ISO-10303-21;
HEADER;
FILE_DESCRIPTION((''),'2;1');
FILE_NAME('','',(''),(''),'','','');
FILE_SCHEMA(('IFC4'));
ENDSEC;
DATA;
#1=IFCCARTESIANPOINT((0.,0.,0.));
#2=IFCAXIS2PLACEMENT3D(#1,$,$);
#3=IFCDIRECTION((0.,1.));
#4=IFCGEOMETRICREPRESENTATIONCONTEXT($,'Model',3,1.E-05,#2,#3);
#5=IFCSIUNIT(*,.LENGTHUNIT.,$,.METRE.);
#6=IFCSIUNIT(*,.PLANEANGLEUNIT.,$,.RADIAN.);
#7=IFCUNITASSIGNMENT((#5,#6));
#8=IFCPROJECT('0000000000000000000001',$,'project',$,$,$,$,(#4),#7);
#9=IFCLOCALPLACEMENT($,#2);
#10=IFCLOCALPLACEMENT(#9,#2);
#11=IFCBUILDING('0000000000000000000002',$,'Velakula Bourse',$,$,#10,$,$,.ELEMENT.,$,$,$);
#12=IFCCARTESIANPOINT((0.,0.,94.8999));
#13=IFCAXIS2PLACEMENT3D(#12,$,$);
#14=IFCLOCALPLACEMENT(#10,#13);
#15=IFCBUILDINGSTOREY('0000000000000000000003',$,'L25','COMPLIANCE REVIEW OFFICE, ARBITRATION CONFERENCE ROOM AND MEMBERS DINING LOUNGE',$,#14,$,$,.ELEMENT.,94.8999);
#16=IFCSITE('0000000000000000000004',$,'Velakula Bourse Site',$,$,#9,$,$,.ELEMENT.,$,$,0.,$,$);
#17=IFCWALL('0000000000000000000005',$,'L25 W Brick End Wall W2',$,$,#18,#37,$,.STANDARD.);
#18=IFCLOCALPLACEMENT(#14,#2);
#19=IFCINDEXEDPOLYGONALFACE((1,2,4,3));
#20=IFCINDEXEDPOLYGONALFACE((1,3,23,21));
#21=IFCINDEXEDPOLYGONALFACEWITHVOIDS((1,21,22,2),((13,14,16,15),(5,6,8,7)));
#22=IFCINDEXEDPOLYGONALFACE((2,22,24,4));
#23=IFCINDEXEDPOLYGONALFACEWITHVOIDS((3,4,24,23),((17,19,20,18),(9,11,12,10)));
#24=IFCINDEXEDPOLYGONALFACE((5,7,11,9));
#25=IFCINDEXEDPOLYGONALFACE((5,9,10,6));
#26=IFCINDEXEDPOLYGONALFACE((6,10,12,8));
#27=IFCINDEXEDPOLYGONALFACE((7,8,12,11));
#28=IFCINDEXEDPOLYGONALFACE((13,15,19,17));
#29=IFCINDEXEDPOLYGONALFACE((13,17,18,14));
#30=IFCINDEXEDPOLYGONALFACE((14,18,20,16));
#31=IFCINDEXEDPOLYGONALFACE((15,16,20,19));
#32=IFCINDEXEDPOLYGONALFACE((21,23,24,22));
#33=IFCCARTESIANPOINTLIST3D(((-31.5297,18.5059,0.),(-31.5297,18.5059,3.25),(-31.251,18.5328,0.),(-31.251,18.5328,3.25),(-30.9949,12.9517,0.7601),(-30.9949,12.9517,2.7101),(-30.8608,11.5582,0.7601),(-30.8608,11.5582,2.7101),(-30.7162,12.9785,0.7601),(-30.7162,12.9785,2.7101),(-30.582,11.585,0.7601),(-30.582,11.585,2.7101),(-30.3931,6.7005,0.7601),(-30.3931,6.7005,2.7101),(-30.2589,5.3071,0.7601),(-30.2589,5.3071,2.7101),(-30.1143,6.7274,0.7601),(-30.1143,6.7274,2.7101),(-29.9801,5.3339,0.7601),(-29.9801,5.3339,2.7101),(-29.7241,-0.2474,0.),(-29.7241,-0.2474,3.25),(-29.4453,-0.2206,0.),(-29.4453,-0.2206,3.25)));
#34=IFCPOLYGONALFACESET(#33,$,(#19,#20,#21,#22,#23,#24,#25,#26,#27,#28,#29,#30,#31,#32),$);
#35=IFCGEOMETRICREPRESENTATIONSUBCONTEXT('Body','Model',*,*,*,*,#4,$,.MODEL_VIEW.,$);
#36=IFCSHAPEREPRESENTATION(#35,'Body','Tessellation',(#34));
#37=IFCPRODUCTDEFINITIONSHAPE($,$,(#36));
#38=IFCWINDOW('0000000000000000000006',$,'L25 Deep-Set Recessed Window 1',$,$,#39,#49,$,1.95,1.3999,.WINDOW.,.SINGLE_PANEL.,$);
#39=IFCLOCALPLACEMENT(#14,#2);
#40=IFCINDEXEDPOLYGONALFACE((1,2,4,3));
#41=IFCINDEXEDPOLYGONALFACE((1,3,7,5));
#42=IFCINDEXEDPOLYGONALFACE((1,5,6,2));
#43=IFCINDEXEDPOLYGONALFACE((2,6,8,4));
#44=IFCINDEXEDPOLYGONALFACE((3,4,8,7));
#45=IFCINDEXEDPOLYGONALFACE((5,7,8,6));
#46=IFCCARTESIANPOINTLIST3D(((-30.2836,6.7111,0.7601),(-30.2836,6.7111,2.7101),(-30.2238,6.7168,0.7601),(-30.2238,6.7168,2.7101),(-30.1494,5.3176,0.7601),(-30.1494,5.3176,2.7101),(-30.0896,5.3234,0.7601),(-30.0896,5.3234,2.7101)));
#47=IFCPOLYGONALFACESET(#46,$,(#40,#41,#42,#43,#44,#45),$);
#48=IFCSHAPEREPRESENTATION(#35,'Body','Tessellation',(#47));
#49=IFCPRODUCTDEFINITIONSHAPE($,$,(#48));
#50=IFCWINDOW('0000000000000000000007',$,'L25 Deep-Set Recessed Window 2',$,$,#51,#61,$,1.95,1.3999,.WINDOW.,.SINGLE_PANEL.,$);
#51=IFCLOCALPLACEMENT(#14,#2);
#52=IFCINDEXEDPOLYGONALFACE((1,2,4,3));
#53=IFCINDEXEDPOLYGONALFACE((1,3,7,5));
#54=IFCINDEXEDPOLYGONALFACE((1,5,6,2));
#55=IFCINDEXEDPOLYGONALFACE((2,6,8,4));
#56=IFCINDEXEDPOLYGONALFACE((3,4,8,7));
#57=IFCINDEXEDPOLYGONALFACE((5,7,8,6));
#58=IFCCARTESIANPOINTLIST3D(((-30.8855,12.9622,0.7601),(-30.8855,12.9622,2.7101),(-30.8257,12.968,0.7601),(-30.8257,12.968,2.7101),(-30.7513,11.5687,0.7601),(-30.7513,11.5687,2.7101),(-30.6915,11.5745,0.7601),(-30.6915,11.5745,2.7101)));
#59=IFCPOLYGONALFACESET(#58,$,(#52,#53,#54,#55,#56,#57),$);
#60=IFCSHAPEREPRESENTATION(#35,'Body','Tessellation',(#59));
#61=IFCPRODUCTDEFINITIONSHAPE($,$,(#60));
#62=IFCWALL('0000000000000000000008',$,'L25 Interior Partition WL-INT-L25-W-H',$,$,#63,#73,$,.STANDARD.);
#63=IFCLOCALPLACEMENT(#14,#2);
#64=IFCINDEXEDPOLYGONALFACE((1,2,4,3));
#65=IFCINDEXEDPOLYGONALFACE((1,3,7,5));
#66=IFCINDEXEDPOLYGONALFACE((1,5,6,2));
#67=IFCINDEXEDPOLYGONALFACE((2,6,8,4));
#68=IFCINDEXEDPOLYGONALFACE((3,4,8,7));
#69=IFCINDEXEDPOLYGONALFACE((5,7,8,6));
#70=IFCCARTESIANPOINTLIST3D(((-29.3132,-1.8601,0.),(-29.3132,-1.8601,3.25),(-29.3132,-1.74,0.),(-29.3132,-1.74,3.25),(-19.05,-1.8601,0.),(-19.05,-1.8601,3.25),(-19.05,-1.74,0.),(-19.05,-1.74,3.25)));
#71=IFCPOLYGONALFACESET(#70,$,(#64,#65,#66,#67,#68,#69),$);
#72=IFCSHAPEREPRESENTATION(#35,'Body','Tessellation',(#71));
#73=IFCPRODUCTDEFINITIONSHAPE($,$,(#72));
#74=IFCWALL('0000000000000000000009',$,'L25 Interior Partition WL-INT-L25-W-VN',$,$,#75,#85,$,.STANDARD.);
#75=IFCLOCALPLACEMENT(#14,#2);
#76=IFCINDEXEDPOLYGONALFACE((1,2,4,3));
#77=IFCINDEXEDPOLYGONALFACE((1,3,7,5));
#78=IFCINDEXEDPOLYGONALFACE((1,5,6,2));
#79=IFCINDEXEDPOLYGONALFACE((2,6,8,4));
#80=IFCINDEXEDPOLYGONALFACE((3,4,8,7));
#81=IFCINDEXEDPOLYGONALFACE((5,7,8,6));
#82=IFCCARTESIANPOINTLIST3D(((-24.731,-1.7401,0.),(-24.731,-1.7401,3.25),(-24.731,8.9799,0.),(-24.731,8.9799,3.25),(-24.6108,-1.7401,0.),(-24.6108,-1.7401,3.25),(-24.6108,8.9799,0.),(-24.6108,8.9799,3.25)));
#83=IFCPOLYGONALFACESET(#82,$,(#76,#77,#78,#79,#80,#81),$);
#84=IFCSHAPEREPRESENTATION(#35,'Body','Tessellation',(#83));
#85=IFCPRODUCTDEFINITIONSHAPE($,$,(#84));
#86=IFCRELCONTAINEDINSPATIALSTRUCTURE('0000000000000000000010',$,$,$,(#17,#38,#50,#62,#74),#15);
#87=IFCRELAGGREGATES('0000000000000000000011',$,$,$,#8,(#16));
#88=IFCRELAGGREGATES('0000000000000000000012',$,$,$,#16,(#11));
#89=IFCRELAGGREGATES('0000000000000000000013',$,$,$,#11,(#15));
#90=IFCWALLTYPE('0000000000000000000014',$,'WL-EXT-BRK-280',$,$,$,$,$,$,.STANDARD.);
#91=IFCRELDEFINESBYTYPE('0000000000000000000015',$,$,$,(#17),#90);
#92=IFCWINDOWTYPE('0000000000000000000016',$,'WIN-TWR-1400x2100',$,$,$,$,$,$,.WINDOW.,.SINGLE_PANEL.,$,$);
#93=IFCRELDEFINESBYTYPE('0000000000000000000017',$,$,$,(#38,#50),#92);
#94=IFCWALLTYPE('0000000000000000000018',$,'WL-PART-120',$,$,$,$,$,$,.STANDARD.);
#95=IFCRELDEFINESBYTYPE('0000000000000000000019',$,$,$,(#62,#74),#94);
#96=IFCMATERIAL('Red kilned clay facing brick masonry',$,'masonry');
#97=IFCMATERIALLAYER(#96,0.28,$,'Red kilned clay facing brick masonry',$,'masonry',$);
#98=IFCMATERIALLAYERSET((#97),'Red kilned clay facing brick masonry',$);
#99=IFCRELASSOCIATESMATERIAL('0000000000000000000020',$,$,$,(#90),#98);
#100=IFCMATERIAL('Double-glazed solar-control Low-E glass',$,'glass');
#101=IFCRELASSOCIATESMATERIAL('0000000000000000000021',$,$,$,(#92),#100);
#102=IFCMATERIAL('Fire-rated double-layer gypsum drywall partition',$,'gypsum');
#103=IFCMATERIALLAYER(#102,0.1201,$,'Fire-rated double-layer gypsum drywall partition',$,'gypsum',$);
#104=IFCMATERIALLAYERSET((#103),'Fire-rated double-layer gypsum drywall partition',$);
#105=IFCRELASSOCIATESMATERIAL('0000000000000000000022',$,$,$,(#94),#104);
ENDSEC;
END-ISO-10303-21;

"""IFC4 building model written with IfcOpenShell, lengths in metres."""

from ifc_helpers import new_model, si_unit, direction, frame, frame_2d, origin, place, context, subcontext, project, spatial, rectangle, extrude, material, layer, layer_set, type_object, element, fill, save


model = new_model("IFC4")

# Units and contexts
model_context = context("Model", 3, precision=1e-05, world=origin(), true_north=direction((0.0, 1.0)))
body_context = subcontext(model_context, "Body", "Model", "MODEL_VIEW")
ifc_project = project(units=[si_unit("LENGTHUNIT", "METRE"), si_unit("PLANEANGLEUNIT", "RADIAN")], contexts=[model_context])

# Site, building, storey
site_placement = place(None, origin())
site = spatial("IfcSite", under=ifc_project, at=site_placement, Name="Velakula Bourse Site", CompositionType="ELEMENT", RefElevation=0.0)
building_placement = place(site_placement, origin())
building = spatial("IfcBuilding", under=site, at=building_placement, Name="Velakula Bourse", CompositionType="ELEMENT")
storey_placement = place(building_placement, frame((0.0, 0.0, 94.8999)))
storey = spatial("IfcBuildingStorey", under=building, at=storey_placement, Name="L25", Description="COMPLIANCE REVIEW OFFICE, ARBITRATION CONFERENCE ROOM AND MEMBERS DINING LOUNGE", CompositionType="ELEMENT", Elevation=94.8999)

# Wall, openings, windows
ifc_material_1 = material(Name="Red kilned clay facing brick masonry", Category="masonry")
ifc_layer_1 = layer(ifc_material_1, 0.28, Name="Red kilned clay facing brick masonry", Category="masonry")
ifc_layer_set_1 = layer_set([ifc_layer_1], Name="Red kilned clay facing brick masonry")
wall_type_1 = type_object("IfcWallType", Name="WL-EXT-BRK-280", PredefinedType="STANDARD", material=ifc_layer_set_1)
wall_1_placement = place(storey_placement, frame((-29.5847, -0.2339, 0.0), z_axis=(0.0, 0.0, 1.0), x_axis=(-0.095841, 0.995397, 0.0)))
wall_1 = element("IfcWall", 1, at=wall_1_placement, inside=storey, type_object=wall_type_1, Name="L25 W Brick End Wall W2", PredefinedType="STANDARD", context=body_context, shape_type="SweptSolid", body=[
    extrude(rectangle(XDim=18.8401, YDim=0.28, at=frame_2d((9.4199, 0.0))), origin(), (0.0, 0.0, 1.0), 3.25),
])
opening_1_placement = place(wall_1_placement, frame((5.5801, 0.0, 0.76)))
opening_1 = element("IfcOpeningElement", 2, at=opening_1_placement, cuts=wall_1, PredefinedType="OPENING", context=body_context, shape_type="SweptSolid", body=[
    extrude(rectangle(XDim=1.3999, YDim=1.95, at=frame_2d((0.7, 0.9751))), frame((0.0, 0.1499, 0.0), z_axis=(0.0, -1.0, 0.0), x_axis=(1.0, 0.0, 0.0)), (0.0, 0.0, 1.0), 0.3),
])
opening_2_placement = place(wall_1_placement, frame((11.8601, 0.0, 0.76)))
opening_2 = element("IfcOpeningElement", 3, at=opening_2_placement, cuts=wall_1, PredefinedType="OPENING", context=body_context, shape_type="SweptSolid", body=[
    extrude(rectangle(XDim=1.3999, YDim=1.95, at=frame_2d((0.7, 0.9751))), frame((0.0, 0.1499, 0.0), z_axis=(0.0, -1.0, 0.0), x_axis=(1.0, 0.0, 0.0)), (0.0, 0.0, 1.0), 0.3),
])
ifc_material_2 = material(Name="Double-glazed solar-control Low-E glass", Category="glass")
window_type = type_object("IfcWindowType", Name="WIN-TWR-1400x2100", PartitioningType="SINGLE_PANEL", PredefinedType="WINDOW", material=ifc_material_2)
window_1_placement = place(opening_1_placement, origin())
window_1 = element("IfcWindow", 4, at=window_1_placement, inside=storey, type_object=window_type, Name="L25 Deep-Set Recessed Window 1", OverallHeight=1.95, OverallWidth=1.3999, PartitioningType="SINGLE_PANEL", PredefinedType="WINDOW", context=body_context, shape_type="SweptSolid", body=[
    extrude(rectangle(XDim=1.3999, YDim=1.95, at=frame_2d((0.7, 0.9751))), frame((0.0, 0.03, 0.0), z_axis=(0.0, -1.0, 0.0), x_axis=(1.0, 0.0, 0.0)), (0.0, 0.0, 1.0), 0.0601),
])
fill(opening_1, window_1)
window_2_placement = place(opening_2_placement, origin())
window_2 = element("IfcWindow", 5, at=window_2_placement, inside=storey, type_object=window_type, Name="L25 Deep-Set Recessed Window 2", OverallHeight=1.95, OverallWidth=1.3999, PartitioningType="SINGLE_PANEL", PredefinedType="WINDOW", context=body_context, shape_type="SweptSolid", body=[
    extrude(rectangle(XDim=1.3999, YDim=1.95, at=frame_2d((0.7, 0.9751))), frame((0.0, 0.03, 0.0), z_axis=(0.0, -1.0, 0.0), x_axis=(1.0, 0.0, 0.0)), (0.0, 0.0, 1.0), 0.0601),
])
fill(opening_2, window_2)

# Walls
ifc_material_3 = material(Name="Fire-rated double-layer gypsum drywall partition", Category="gypsum")
ifc_layer_2 = layer(ifc_material_3, 0.1201, Name="Fire-rated double-layer gypsum drywall partition", Category="gypsum")
ifc_layer_set_2 = layer_set([ifc_layer_2], Name="Fire-rated double-layer gypsum drywall partition")
wall_type_2 = type_object("IfcWallType", Name="WL-PART-120", PredefinedType="STANDARD", material=ifc_layer_set_2)
wall_2_placement = place(storey_placement, frame((-29.3132, -1.8, 0.0), z_axis=(0.0, 0.0, 1.0), x_axis=(1.0, 0.0, 0.0)))
element("IfcWall", 6, at=wall_2_placement, inside=storey, type_object=wall_type_2, Name="L25 Interior Partition WL-INT-L25-W-H", PredefinedType="STANDARD", context=body_context, shape_type="SweptSolid", body=[
    extrude(rectangle(XDim=10.2632, YDim=0.1201, at=frame_2d((5.1316, 0.0))), origin(), (0.0, 0.0, 1.0), 3.25),
])
wall_3_placement = place(storey_placement, frame((-24.6709, -1.74, 0.0), z_axis=(0.0, 0.0, 1.0), x_axis=(0.0, 1.0, 0.0)))
element("IfcWall", 7, at=wall_3_placement, inside=storey, type_object=wall_type_2, Name="L25 Interior Partition WL-INT-L25-W-VN", PredefinedType="STANDARD", context=body_context, shape_type="SweptSolid", body=[
    extrude(rectangle(XDim=10.72, YDim=0.1201, at=frame_2d((5.3599, 0.0))), origin(), (0.0, 0.0, 1.0), 3.25),
])

save(model, "model.ifc")
